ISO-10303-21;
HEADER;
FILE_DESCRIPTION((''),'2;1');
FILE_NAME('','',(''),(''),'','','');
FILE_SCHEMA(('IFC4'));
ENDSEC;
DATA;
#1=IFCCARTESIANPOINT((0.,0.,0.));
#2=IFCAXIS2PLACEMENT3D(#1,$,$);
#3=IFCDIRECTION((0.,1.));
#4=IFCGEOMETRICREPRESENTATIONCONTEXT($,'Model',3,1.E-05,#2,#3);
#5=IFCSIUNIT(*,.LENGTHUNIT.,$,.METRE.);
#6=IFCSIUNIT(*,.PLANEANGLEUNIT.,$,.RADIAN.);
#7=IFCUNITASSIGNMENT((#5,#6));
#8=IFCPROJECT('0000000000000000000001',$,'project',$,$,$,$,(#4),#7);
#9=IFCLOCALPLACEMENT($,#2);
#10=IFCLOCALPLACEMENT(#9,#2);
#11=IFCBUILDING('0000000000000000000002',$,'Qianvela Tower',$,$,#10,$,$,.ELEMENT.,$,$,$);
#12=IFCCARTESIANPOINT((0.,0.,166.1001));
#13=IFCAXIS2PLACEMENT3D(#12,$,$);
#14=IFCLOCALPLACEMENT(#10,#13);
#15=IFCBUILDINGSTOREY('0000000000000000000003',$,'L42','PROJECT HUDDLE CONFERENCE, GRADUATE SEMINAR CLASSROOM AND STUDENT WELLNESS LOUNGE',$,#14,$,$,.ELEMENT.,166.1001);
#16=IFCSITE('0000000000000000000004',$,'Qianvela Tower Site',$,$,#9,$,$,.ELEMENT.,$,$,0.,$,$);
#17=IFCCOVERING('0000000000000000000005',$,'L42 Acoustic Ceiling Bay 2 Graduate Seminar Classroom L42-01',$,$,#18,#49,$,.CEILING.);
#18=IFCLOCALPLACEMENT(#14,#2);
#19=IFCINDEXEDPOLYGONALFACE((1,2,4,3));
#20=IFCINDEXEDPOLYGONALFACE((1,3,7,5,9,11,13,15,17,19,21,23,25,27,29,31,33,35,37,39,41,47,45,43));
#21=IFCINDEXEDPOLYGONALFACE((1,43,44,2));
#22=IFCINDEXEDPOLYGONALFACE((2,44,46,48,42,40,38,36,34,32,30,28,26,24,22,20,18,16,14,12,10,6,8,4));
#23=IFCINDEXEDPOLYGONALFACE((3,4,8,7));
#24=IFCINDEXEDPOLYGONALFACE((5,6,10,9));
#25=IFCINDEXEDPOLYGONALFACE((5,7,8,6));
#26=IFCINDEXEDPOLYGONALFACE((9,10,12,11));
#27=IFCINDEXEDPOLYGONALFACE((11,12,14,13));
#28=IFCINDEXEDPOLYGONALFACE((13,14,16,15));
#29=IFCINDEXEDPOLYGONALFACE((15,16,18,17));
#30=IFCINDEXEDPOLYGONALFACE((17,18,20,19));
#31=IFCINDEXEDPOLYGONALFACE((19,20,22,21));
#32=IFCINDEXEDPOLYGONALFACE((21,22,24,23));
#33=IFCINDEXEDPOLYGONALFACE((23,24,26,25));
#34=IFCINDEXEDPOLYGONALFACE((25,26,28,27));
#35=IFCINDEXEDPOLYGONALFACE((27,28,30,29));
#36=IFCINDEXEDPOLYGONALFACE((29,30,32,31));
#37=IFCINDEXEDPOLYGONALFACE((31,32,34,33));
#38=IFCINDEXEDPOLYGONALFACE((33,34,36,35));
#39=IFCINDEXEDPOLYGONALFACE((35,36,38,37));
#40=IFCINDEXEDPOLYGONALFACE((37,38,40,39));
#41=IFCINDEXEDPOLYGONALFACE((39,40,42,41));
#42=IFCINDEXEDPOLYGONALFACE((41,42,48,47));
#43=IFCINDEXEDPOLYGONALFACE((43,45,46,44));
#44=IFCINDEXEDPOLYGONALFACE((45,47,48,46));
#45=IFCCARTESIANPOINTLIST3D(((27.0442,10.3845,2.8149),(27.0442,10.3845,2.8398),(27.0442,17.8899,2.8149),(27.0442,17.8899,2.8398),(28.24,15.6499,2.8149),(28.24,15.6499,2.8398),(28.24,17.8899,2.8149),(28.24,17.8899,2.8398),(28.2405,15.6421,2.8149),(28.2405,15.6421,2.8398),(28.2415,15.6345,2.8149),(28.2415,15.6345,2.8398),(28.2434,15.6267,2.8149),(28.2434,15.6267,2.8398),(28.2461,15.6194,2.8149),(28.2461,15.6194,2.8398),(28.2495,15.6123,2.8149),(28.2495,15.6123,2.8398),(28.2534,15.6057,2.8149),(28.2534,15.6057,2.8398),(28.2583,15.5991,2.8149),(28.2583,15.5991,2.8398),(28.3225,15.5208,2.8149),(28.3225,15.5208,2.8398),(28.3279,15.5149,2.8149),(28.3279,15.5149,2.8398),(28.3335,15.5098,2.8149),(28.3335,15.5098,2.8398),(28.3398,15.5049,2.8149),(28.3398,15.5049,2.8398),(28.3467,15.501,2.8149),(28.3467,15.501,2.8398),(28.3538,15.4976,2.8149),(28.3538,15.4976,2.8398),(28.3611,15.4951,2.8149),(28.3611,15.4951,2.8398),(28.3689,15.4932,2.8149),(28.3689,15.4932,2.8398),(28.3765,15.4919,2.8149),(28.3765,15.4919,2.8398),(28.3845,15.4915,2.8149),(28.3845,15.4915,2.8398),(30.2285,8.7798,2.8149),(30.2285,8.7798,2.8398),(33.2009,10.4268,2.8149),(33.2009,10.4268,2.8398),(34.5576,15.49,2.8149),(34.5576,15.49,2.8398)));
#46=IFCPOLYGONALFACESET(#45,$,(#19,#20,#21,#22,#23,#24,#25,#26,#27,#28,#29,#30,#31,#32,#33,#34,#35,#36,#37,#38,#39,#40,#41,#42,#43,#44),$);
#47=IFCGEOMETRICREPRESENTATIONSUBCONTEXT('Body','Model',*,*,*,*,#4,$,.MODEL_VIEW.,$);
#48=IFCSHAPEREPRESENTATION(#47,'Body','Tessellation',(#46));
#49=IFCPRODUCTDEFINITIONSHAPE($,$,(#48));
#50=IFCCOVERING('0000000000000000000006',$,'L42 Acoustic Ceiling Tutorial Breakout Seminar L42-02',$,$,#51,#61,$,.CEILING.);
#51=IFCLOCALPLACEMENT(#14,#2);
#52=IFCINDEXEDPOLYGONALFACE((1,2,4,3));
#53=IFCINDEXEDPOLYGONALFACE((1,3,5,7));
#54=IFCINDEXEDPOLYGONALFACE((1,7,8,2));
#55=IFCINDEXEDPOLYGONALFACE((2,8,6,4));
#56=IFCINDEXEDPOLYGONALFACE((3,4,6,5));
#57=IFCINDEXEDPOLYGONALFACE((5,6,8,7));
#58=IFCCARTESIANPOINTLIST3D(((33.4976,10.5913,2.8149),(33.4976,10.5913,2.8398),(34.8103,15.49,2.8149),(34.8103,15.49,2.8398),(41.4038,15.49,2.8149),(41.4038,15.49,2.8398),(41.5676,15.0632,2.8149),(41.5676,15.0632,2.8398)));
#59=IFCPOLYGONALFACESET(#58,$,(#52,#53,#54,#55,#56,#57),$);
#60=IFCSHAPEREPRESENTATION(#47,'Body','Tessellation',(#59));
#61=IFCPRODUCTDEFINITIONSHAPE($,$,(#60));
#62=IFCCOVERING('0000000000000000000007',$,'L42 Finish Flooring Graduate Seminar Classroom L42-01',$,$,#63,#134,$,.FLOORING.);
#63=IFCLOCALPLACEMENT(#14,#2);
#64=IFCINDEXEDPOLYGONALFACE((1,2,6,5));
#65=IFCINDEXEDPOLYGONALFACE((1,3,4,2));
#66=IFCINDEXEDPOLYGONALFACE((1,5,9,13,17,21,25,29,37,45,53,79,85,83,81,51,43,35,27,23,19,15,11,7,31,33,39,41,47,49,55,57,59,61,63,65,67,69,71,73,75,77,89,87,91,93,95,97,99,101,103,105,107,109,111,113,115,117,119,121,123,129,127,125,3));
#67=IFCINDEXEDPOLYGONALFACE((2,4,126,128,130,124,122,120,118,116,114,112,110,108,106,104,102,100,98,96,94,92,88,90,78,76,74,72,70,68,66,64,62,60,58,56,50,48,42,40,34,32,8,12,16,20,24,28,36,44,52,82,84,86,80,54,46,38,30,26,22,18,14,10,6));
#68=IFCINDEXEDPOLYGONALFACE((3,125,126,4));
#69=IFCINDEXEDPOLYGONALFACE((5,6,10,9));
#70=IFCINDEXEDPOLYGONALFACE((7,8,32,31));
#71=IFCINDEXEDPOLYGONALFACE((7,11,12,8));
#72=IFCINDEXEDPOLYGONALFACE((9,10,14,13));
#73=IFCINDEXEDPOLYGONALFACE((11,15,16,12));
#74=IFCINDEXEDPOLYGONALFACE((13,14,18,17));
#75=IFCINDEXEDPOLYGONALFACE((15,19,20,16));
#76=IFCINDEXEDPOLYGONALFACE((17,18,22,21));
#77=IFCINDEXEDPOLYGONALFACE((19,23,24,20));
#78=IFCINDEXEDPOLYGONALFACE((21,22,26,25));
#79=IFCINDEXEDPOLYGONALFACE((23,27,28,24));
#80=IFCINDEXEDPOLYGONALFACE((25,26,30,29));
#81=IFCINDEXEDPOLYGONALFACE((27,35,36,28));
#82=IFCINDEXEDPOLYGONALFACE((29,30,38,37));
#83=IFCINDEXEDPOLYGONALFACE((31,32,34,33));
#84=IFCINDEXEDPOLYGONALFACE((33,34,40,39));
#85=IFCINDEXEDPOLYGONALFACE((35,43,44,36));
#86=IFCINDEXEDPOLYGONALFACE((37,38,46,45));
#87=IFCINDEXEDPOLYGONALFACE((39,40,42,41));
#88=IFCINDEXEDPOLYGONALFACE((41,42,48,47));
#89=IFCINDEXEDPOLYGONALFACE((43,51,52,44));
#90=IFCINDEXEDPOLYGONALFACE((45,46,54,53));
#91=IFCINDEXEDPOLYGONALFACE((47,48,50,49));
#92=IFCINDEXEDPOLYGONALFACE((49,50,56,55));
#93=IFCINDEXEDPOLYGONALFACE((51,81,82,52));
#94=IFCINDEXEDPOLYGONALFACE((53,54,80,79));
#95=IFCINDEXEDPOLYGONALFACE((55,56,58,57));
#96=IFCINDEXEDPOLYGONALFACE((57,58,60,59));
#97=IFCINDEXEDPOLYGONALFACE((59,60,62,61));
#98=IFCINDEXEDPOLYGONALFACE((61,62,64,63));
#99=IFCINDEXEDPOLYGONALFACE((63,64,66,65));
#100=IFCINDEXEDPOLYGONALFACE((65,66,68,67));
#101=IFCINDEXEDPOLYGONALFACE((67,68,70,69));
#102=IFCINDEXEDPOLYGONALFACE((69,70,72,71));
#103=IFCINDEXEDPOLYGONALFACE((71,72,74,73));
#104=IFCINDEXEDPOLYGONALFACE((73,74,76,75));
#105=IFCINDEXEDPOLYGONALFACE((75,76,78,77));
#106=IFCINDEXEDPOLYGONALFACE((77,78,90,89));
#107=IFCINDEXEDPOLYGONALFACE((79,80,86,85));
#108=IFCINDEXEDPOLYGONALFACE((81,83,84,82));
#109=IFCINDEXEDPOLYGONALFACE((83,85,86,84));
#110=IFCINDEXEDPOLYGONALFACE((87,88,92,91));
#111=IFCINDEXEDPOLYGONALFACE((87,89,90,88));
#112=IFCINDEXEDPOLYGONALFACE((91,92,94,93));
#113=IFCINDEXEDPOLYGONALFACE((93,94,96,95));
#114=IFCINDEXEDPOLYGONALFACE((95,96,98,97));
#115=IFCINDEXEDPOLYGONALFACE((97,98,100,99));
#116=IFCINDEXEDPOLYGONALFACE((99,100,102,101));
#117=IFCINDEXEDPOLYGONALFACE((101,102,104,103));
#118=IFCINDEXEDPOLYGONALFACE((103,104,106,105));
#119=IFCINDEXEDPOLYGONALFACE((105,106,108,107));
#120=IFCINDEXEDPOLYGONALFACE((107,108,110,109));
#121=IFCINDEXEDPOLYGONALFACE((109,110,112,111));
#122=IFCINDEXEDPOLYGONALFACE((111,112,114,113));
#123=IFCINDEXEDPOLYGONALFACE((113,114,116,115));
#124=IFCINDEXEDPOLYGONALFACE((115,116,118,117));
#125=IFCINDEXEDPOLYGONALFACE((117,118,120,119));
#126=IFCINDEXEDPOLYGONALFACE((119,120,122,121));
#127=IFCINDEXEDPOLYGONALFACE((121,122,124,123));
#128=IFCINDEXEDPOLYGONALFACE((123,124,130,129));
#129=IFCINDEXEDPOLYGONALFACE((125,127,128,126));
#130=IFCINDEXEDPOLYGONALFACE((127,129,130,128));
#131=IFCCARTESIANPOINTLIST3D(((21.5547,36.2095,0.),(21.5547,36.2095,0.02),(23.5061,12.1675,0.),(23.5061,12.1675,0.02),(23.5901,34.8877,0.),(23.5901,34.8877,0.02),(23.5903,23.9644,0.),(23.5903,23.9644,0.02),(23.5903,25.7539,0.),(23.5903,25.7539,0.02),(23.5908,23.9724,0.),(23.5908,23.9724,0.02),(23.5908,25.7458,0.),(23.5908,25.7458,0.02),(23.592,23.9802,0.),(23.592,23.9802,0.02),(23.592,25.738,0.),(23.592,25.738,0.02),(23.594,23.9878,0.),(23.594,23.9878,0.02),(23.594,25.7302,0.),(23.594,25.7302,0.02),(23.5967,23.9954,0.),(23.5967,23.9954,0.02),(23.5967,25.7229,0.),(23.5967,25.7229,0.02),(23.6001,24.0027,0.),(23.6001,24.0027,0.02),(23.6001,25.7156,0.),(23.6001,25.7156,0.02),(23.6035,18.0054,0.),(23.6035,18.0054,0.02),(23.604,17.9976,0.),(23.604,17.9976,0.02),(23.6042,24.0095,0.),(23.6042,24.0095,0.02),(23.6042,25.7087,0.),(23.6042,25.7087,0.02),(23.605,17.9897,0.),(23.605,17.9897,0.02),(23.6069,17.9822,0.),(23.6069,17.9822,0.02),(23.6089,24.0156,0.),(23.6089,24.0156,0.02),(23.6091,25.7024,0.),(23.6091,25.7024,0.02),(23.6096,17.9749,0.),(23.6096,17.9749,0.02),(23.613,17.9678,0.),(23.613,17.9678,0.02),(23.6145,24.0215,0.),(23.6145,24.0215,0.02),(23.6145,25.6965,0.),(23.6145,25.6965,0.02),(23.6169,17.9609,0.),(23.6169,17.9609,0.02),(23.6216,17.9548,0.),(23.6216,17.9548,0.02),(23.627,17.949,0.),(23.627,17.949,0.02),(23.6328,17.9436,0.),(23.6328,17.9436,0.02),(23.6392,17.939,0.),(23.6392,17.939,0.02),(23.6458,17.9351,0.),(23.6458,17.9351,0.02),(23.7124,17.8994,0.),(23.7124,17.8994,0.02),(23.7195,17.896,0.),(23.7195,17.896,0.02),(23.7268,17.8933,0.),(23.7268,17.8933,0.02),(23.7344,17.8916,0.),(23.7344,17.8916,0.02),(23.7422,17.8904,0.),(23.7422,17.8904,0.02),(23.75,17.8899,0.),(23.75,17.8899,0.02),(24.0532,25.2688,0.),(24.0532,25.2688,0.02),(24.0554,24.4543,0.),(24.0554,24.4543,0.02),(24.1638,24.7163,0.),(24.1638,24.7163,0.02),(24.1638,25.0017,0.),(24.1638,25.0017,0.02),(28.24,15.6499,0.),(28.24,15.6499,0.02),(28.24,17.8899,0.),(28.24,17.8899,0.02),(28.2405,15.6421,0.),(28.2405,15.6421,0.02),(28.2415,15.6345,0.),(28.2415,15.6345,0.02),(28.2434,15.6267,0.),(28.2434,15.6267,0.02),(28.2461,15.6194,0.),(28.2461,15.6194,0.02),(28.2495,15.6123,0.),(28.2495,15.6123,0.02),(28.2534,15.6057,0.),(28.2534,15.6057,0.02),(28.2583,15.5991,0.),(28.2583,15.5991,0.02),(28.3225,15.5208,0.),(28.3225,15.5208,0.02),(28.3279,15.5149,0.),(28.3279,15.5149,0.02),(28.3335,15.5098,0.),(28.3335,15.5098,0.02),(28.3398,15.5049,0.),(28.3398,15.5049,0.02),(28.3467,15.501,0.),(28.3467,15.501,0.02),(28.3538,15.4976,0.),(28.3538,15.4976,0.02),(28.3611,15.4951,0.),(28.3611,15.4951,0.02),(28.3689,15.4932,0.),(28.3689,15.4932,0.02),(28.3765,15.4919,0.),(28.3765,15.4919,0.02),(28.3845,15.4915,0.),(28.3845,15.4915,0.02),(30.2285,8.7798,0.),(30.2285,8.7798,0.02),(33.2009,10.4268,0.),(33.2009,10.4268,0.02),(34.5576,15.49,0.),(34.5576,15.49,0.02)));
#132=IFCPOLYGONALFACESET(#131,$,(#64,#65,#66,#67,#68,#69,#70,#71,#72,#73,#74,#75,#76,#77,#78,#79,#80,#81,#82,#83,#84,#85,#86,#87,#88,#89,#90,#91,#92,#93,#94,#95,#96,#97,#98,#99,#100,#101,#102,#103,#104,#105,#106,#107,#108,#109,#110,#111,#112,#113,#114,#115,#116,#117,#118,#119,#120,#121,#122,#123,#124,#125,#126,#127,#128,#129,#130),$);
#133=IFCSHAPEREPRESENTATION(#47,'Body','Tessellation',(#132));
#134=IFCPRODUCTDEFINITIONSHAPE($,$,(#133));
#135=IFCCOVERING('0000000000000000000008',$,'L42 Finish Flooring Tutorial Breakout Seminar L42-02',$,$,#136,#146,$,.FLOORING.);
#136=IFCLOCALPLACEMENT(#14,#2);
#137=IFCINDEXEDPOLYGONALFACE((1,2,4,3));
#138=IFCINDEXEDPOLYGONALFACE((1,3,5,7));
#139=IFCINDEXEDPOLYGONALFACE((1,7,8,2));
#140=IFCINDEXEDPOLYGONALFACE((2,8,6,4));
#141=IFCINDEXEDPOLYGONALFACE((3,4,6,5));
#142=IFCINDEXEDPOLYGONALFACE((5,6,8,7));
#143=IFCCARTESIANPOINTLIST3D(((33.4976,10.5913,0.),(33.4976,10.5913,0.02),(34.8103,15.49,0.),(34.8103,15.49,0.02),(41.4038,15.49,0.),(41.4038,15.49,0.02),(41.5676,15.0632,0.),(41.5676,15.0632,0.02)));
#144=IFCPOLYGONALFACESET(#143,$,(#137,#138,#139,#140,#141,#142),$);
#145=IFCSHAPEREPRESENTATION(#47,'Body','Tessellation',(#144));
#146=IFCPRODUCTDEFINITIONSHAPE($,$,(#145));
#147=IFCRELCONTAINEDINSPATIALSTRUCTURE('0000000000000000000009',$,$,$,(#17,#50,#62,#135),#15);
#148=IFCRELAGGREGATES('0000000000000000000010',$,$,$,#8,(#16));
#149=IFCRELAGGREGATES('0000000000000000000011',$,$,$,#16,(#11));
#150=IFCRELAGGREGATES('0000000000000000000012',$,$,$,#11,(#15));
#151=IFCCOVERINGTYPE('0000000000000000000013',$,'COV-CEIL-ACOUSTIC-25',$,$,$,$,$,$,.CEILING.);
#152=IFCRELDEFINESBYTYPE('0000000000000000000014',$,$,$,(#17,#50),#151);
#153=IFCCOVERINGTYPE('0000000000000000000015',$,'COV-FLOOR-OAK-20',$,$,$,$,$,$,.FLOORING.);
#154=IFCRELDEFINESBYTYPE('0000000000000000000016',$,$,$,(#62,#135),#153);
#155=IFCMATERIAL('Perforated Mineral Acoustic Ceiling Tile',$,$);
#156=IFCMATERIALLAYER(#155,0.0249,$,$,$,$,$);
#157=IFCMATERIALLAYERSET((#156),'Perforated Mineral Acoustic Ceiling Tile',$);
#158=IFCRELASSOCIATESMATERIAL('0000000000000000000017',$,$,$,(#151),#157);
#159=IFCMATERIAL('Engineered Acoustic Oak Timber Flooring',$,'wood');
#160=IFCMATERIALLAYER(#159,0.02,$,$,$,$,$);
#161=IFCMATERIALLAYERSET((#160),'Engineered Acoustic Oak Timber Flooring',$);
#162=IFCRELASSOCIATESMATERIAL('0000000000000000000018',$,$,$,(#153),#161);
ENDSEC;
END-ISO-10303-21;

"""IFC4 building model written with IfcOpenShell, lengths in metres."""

from ifc_helpers import new_model, si_unit, direction, frame, origin, place, context, subcontext, project, spatial, polyline, outline, extrude, material, layer, layer_set, type_object, element, save


model = new_model("IFC4")

# Units and contexts
model_context = context("Model", 3, precision=1e-05, world=origin(), true_north=direction((0.0, 1.0)))
body_context = subcontext(model_context, "Body", "Model", "MODEL_VIEW")
ifc_project = project(units=[si_unit("LENGTHUNIT", "METRE"), si_unit("PLANEANGLEUNIT", "RADIAN")], contexts=[model_context])

# Site, building, storey
site_placement = place(None, origin())
site = spatial("IfcSite", under=ifc_project, at=site_placement, Name="Qianvela Tower Site", CompositionType="ELEMENT", RefElevation=0.0)
building_placement = place(site_placement, origin())
building = spatial("IfcBuilding", under=site, at=building_placement, Name="Qianvela Tower", CompositionType="ELEMENT")
storey_placement = place(building_placement, frame((0.0, 0.0, 166.1001)))
storey = spatial("IfcBuildingStorey", under=building, at=storey_placement, Name="L42", Description="PROJECT HUDDLE CONFERENCE, GRADUATE SEMINAR CLASSROOM AND STUDENT WELLNESS LOUNGE", CompositionType="ELEMENT", Elevation=166.1001)

# Coverings
ifc_material_1 = material(Name="Perforated Mineral Acoustic Ceiling Tile")
ifc_layer_1 = layer(ifc_material_1, 0.0249)
ifc_layer_set_1 = layer_set([ifc_layer_1], Name="Perforated Mineral Acoustic Ceiling Tile")
covering_type_1 = type_object("IfcCoveringType", Name="COV-CEIL-ACOUSTIC-25", PredefinedType="CEILING", material=ifc_layer_set_1)
covering_1_placement = place(storey_placement, frame((0.0, 0.0, 2.8149)))
element("IfcCovering", 1, at=covering_1_placement, inside=storey, type_object=covering_type_1, Name="L42 Acoustic Ceiling Bay 2 Graduate Seminar Classroom L42-01", PredefinedType="CEILING", context=body_context, shape_type="SweptSolid", body=[
    extrude(outline(polyline([(28.24, 17.8899), (28.24, 15.6499), (28.2405, 15.6421), (28.2415, 15.6345), (28.2434, 15.6267), (28.2461, 15.6194), (28.2495, 15.6123), (28.2534, 15.6057), (28.2583, 15.5991), (28.3225, 15.5208), (28.3279, 15.5149), (28.3335, 15.5098), (28.3398, 15.5049), (28.3467, 15.501), (28.3538, 15.4976), (28.3611, 15.4951), (28.3689, 15.4932), (28.3765, 15.4919), (28.3845, 15.4915), (34.5576, 15.49), (33.2009, 10.4268), (30.2285, 8.7798), (27.0442, 10.3845), (27.0442, 17.8899), (28.24, 17.8899)])), origin(), (0.0, 0.0, 1.0), 0.0249),
])
covering_2_placement = place(storey_placement, frame((0.0, 0.0, 2.8149)))
element("IfcCovering", 2, at=covering_2_placement, inside=storey, type_object=covering_type_1, Name="L42 Acoustic Ceiling Tutorial Breakout Seminar L42-02", PredefinedType="CEILING", context=body_context, shape_type="SweptSolid", body=[
    extrude(outline(polyline([(34.8103, 15.49), (41.4038, 15.49), (41.5676, 15.0632), (33.4976, 10.5913), (34.8103, 15.49)])), origin(), (0.0, 0.0, 1.0), 0.0249),
])
ifc_material_2 = material(Name="Engineered Acoustic Oak Timber Flooring", Category="wood")
ifc_layer_2 = layer(ifc_material_2, 0.02)
ifc_layer_set_2 = layer_set([ifc_layer_2], Name="Engineered Acoustic Oak Timber Flooring")
covering_type_2 = type_object("IfcCoveringType", Name="COV-FLOOR-OAK-20", PredefinedType="FLOORING", material=ifc_layer_set_2)
covering_3_placement = place(storey_placement, origin())
element("IfcCovering", 3, at=covering_3_placement, inside=storey, type_object=covering_type_2, Name="L42 Finish Flooring Graduate Seminar Classroom L42-01", PredefinedType="FLOORING", context=body_context, shape_type="SweptSolid", body=[
    extrude(outline(polyline([(21.5547, 36.2095), (23.5901, 34.8877), (23.5903, 25.7539), (23.5908, 25.7458), (23.592, 25.738), (23.594, 25.7302), (23.5967, 25.7229), (23.6001, 25.7156), (23.6042, 25.7087), (23.6091, 25.7024), (23.6145, 25.6965), (24.0532, 25.2688), (24.1638, 25.0017), (24.1638, 24.7163), (24.0554, 24.4543), (23.6145, 24.0215), (23.6089, 24.0156), (23.6042, 24.0095), (23.6001, 24.0027), (23.5967, 23.9954), (23.594, 23.9878), (23.592, 23.9802), (23.5908, 23.9724), (23.5903, 23.9644), (23.6035, 18.0054), (23.604, 17.9976), (23.605, 17.9897), (23.6069, 17.9822), (23.6096, 17.9749), (23.613, 17.9678), (23.6169, 17.9609), (23.6216, 17.9548), (23.627, 17.949), (23.6328, 17.9436), (23.6392, 17.939), (23.6458, 17.9351), (23.7124, 17.8994), (23.7195, 17.896), (23.7268, 17.8933), (23.7344, 17.8916), (23.7422, 17.8904), (23.75, 17.8899), (28.24, 17.8899), (28.24, 15.6499), (28.2405, 15.6421), (28.2415, 15.6345), (28.2434, 15.6267), (28.2461, 15.6194), (28.2495, 15.6123), (28.2534, 15.6057), (28.2583, 15.5991), (28.3225, 15.5208), (28.3279, 15.5149), (28.3335, 15.5098), (28.3398, 15.5049), (28.3467, 15.501), (28.3538, 15.4976), (28.3611, 15.4951), (28.3689, 15.4932), (28.3765, 15.4919), (28.3845, 15.4915), (34.5576, 15.49), (33.2009, 10.4268), (30.2285, 8.7798), (23.5061, 12.1675), (21.5547, 36.2095)])), origin(), (0.0, 0.0, 1.0), 0.02),
])
covering_4_placement = place(storey_placement, origin())
element("IfcCovering", 4, at=covering_4_placement, inside=storey, type_object=covering_type_2, Name="L42 Finish Flooring Tutorial Breakout Seminar L42-02", PredefinedType="FLOORING", context=body_context, shape_type="SweptSolid", body=[
    extrude(outline(polyline([(34.8103, 15.49), (41.4038, 15.49), (41.5676, 15.0632), (33.4976, 10.5913), (34.8103, 15.49)])), origin(), (0.0, 0.0, 1.0), 0.02),
])

save(model, "model.ifc")
